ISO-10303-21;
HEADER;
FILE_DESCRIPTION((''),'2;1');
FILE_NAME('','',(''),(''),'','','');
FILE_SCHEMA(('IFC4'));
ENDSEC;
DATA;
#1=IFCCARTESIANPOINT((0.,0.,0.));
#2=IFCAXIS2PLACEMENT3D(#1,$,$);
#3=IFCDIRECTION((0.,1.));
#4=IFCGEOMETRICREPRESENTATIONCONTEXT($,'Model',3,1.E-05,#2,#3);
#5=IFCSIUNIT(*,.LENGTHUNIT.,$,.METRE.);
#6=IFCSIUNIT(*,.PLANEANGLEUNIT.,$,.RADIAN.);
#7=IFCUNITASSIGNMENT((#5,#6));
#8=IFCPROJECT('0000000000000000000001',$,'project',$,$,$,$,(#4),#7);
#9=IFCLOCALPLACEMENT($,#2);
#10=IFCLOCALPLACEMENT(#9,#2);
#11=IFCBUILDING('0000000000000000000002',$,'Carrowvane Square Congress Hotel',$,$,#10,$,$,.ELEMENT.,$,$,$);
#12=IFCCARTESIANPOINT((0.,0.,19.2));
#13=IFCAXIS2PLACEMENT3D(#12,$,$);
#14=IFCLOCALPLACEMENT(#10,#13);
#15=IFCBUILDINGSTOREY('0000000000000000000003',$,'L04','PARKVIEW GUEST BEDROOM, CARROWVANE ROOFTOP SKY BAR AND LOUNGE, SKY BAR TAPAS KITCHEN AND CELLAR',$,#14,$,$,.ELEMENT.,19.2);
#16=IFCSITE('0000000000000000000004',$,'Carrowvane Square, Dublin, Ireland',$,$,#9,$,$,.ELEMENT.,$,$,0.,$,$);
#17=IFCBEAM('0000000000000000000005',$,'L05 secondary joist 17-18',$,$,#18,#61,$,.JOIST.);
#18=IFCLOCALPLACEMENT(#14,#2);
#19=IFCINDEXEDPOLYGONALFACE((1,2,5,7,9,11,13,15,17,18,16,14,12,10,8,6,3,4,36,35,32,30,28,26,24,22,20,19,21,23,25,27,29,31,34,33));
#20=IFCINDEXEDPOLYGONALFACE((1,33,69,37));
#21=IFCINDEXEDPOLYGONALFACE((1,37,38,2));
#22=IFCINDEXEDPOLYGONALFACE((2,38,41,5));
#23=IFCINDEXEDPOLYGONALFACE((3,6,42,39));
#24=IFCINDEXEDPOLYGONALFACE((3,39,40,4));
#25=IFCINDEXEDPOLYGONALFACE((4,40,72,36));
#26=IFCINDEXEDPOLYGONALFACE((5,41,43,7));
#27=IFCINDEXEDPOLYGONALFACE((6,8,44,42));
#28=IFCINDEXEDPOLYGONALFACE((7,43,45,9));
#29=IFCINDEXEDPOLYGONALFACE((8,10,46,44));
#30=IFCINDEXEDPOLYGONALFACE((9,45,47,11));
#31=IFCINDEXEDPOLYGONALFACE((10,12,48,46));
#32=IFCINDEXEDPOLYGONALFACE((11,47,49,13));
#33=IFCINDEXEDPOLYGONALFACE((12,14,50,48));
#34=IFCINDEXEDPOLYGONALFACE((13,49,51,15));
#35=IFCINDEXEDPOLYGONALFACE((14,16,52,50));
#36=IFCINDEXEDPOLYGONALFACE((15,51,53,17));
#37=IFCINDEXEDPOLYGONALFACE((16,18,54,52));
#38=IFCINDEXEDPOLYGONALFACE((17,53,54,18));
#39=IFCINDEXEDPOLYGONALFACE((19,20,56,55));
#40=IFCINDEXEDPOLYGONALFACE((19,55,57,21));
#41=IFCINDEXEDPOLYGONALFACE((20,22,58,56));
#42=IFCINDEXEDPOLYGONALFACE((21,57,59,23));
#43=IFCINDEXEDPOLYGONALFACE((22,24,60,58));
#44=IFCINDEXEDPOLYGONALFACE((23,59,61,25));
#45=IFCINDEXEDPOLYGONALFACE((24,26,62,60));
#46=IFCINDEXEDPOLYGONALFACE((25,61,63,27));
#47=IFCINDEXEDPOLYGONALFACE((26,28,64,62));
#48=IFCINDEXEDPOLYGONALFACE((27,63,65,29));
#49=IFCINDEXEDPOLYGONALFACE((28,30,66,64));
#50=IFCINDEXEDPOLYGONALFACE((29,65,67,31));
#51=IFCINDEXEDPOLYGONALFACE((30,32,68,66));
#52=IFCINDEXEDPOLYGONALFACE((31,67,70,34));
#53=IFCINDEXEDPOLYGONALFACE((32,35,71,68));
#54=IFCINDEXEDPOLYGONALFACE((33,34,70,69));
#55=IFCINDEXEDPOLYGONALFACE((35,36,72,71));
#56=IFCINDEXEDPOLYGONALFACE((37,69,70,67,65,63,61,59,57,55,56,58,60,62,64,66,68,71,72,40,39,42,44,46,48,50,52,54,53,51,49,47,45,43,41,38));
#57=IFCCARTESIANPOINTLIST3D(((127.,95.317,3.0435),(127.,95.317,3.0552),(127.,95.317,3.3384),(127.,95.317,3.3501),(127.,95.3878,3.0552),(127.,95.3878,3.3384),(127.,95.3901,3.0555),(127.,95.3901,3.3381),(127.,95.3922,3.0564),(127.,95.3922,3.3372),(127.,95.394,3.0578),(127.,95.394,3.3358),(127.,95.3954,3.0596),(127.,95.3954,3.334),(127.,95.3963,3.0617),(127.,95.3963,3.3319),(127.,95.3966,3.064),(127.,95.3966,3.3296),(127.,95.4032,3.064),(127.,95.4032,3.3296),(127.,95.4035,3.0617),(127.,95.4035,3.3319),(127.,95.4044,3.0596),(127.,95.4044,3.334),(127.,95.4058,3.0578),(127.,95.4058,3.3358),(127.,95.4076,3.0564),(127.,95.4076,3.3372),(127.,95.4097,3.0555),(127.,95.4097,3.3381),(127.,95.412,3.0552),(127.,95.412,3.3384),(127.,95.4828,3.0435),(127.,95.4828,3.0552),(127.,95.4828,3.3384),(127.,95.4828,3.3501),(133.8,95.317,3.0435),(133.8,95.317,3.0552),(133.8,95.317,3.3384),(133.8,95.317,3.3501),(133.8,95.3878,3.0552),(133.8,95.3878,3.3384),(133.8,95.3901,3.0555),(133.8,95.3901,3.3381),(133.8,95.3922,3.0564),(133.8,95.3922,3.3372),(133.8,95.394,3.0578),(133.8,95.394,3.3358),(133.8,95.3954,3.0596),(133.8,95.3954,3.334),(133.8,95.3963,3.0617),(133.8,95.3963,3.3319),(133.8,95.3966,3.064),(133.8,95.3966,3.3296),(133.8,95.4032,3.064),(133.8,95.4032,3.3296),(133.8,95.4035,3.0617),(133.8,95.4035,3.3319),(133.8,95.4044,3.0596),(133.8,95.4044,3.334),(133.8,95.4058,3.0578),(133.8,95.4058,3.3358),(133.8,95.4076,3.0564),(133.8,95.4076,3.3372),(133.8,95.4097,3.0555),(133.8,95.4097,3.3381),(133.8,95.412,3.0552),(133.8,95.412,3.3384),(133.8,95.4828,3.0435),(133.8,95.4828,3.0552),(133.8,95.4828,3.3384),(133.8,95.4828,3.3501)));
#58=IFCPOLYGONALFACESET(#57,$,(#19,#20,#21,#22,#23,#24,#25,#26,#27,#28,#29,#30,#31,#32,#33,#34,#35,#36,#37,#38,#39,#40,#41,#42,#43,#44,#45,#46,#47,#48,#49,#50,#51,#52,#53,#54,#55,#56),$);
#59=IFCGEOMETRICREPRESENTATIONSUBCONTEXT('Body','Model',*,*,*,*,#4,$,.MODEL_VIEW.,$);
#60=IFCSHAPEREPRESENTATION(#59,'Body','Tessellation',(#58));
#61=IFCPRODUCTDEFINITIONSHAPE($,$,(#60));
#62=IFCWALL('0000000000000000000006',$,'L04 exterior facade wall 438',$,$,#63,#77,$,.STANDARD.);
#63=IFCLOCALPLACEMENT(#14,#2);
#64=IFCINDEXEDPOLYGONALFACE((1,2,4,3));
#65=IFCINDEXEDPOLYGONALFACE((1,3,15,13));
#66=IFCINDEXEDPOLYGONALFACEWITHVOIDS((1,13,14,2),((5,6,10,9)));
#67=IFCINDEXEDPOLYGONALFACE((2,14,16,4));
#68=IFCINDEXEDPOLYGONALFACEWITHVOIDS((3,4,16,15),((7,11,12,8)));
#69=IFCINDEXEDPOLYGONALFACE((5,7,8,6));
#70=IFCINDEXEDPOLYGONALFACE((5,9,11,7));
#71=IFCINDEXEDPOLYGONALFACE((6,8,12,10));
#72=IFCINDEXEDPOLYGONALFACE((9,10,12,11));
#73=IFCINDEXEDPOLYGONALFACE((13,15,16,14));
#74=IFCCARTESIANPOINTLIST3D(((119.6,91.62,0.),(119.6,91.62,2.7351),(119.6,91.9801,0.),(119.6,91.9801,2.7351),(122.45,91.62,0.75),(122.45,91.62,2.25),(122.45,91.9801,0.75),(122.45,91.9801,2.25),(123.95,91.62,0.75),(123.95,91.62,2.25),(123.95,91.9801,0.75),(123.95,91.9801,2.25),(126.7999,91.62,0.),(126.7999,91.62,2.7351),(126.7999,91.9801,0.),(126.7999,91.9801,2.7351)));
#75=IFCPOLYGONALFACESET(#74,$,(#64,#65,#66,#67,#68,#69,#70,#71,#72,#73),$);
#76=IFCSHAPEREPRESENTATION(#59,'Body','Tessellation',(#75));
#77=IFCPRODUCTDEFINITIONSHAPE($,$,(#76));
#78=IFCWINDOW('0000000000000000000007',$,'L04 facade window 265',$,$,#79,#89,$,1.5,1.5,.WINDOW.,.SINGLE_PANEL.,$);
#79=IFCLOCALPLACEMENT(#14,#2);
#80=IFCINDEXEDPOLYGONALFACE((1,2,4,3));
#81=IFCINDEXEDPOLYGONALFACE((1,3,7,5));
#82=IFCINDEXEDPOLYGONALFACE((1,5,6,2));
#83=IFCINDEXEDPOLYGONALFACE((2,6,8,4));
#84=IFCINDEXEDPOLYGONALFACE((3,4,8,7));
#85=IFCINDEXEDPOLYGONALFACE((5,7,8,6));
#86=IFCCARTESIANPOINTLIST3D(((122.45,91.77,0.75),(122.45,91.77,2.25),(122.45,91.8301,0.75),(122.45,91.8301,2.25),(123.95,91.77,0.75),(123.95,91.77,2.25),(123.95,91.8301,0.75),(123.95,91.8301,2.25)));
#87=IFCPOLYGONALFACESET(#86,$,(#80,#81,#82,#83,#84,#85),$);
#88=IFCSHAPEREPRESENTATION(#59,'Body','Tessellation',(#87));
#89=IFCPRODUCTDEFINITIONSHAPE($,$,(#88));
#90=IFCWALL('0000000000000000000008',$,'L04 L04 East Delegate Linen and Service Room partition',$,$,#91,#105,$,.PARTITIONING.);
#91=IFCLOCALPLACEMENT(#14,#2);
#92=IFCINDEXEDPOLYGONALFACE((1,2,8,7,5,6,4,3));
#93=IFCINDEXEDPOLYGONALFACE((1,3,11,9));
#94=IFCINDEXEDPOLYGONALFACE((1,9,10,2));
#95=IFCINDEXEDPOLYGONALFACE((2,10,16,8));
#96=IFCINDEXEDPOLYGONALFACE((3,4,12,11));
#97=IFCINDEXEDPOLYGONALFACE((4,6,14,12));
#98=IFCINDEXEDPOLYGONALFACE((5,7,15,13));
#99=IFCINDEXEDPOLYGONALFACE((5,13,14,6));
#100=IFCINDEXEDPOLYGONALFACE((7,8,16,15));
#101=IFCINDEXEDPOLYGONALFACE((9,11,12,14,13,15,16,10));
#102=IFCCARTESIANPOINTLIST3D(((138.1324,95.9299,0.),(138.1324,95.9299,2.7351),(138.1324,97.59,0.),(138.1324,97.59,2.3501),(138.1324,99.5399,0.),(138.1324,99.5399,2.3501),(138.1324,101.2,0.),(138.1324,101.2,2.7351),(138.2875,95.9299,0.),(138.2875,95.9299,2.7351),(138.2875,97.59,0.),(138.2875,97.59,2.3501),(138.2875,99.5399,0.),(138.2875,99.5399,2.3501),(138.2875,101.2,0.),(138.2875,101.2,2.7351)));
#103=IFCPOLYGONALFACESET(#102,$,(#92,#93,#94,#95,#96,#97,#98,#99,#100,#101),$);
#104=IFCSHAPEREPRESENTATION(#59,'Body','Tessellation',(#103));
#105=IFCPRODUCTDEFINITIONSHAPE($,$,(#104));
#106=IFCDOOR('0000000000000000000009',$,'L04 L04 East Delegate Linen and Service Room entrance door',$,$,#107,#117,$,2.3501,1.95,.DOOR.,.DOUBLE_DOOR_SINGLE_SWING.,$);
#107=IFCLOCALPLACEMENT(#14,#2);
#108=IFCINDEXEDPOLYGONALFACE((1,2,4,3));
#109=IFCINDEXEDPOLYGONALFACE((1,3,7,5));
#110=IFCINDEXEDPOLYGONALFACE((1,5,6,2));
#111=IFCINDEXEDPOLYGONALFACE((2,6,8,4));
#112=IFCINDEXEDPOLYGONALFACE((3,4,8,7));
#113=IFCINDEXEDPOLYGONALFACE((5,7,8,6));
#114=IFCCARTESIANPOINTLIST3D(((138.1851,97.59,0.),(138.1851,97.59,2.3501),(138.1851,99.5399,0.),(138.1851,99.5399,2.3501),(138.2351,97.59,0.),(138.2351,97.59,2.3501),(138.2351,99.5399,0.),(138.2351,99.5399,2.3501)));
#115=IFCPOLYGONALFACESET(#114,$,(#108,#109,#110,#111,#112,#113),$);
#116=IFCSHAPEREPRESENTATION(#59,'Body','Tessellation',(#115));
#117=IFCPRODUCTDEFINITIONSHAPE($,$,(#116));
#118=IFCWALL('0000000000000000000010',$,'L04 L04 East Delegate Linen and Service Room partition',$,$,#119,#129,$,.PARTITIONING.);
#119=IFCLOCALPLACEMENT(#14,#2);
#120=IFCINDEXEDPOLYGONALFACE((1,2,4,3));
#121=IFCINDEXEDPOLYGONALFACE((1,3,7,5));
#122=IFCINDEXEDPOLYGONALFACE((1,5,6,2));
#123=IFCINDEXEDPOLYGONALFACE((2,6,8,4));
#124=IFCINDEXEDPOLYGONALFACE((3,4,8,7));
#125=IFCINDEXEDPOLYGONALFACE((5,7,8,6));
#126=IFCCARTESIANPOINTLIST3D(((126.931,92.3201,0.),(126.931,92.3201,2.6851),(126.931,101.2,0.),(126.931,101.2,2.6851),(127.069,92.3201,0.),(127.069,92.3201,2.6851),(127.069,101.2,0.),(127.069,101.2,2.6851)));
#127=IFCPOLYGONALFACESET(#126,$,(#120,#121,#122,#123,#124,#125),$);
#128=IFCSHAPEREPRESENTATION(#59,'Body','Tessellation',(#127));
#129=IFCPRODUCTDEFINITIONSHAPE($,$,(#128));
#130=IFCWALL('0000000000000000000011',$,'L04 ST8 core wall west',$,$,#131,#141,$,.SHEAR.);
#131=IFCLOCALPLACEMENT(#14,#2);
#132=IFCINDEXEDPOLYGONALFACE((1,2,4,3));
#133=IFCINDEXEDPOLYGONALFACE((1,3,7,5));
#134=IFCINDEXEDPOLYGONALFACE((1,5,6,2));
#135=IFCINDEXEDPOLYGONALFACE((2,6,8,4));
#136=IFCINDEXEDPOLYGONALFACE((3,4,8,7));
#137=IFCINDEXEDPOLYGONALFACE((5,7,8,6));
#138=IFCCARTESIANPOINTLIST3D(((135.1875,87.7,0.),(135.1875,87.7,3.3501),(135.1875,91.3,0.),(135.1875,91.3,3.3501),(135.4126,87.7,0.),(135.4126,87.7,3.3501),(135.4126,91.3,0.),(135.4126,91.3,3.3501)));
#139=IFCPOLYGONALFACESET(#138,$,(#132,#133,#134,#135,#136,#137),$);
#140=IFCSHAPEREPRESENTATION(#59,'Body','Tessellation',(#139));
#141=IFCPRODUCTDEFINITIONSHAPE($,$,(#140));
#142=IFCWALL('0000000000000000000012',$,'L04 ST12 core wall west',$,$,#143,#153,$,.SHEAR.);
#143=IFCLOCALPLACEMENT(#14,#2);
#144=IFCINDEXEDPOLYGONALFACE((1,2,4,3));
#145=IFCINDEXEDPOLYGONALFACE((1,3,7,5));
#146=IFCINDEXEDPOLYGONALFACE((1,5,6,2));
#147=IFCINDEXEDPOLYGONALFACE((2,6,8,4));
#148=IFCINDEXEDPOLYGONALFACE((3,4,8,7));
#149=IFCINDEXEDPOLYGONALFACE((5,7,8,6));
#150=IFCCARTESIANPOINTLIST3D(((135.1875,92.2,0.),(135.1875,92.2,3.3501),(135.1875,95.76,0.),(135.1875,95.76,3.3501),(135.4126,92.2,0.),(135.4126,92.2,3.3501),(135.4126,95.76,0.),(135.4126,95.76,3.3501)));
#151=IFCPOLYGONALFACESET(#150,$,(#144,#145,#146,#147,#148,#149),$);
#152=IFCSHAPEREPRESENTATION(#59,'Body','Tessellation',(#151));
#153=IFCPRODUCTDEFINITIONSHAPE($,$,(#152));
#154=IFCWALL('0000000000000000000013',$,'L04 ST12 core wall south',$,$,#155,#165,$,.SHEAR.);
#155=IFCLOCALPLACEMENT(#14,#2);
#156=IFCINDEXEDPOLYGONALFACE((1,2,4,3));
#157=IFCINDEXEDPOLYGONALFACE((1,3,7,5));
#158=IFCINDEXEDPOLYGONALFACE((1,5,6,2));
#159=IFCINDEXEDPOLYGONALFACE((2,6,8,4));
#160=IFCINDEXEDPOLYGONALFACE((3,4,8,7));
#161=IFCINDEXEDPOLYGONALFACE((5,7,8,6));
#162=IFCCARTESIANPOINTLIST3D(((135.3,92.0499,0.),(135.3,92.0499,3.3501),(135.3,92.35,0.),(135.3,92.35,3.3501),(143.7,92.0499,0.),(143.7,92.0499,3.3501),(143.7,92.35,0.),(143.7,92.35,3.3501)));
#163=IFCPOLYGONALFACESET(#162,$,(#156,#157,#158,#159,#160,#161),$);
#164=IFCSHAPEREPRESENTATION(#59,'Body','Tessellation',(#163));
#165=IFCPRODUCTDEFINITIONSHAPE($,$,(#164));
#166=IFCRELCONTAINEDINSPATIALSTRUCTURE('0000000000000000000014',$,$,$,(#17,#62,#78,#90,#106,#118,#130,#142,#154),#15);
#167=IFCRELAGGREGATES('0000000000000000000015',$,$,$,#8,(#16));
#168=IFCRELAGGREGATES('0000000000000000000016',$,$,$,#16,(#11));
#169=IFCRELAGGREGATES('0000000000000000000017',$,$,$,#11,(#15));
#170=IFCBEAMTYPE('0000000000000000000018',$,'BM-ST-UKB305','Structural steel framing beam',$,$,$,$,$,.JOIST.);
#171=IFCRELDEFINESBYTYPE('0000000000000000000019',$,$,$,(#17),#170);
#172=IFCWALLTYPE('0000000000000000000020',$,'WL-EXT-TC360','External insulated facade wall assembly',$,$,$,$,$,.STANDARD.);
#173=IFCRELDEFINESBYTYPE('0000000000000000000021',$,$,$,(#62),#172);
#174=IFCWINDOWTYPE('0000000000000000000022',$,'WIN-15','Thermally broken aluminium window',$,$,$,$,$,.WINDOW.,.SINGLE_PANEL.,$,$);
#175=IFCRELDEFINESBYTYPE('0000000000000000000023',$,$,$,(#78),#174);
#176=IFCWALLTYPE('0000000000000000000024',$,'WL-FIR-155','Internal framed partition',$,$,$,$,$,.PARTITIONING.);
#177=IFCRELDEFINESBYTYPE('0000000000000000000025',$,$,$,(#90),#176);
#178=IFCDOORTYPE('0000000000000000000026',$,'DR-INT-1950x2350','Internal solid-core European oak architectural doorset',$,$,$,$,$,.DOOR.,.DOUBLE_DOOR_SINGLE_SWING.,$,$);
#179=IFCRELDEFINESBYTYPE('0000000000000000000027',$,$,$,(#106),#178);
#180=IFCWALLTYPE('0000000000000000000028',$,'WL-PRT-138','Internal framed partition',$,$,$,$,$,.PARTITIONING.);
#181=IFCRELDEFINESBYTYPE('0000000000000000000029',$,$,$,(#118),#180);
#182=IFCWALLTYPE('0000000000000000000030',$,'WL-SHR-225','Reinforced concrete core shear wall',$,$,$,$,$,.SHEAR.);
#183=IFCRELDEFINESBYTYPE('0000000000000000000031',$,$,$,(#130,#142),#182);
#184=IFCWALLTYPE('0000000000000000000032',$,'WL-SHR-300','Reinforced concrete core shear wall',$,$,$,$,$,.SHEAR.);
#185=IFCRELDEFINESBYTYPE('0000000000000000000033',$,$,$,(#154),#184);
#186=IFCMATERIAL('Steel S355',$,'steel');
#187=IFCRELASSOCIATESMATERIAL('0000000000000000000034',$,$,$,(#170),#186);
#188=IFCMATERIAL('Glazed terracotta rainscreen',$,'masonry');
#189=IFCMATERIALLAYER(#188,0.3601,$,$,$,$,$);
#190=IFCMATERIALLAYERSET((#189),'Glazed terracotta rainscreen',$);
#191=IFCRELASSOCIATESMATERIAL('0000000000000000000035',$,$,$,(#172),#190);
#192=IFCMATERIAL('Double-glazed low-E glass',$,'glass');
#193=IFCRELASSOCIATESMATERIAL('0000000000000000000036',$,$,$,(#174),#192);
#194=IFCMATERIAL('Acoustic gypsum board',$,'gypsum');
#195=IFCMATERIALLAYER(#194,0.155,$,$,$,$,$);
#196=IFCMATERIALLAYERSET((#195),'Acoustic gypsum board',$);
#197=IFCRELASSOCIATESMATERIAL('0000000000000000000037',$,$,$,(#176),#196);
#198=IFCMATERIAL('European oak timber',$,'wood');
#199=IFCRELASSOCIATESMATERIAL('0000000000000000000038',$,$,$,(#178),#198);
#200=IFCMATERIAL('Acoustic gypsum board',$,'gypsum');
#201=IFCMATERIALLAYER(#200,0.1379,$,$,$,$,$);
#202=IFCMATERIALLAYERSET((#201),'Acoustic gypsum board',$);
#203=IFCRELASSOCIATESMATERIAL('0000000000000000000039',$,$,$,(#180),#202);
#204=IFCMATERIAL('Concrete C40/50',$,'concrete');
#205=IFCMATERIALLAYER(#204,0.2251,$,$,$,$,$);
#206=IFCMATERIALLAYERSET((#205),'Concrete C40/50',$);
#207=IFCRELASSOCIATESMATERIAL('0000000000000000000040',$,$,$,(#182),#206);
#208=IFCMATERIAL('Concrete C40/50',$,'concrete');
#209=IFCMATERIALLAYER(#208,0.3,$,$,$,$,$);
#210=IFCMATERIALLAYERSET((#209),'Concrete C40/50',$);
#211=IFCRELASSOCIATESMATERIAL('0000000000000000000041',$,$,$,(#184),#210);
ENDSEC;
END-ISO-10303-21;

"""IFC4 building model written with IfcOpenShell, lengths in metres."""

from ifc_helpers import new_model, si_unit, direction, frame, frame_2d, origin, origin_2d, place, context, subcontext, project, spatial, rectangle, i_section, extrude, material, layer, layer_set, material_profile, profile_set, type_object, element, fill, save


model = new_model("IFC4")

# Units and contexts
model_context = context("Model", 3, precision=1e-05, world=origin(), true_north=direction((0.0, 1.0)))
body_context = subcontext(model_context, "Body", "Model", "MODEL_VIEW")
ifc_project = project(units=[si_unit("LENGTHUNIT", "METRE"), si_unit("PLANEANGLEUNIT", "RADIAN")], contexts=[model_context])

# Site, building, storey
site_placement = place(None, origin())
site = spatial("IfcSite", under=ifc_project, at=site_placement, Name="Carrowvane Square, Dublin, Ireland", CompositionType="ELEMENT", RefElevation=0.0)
building_placement = place(site_placement, origin())
building = spatial("IfcBuilding", under=site, at=building_placement, Name="Carrowvane Square Congress Hotel", CompositionType="ELEMENT")
storey_placement = place(building_placement, frame((0.0, 0.0, 19.2)))
storey = spatial("IfcBuildingStorey", under=building, at=storey_placement, Name="L04", Description="PARKVIEW GUEST BEDROOM, CARROWVANE ROOFTOP SKY BAR AND LOUNGE, SKY BAR TAPAS KITCHEN AND CELLAR", CompositionType="ELEMENT", Elevation=19.2)

# Beam
ifc_material_1 = material(Name="Steel S355", Category="steel")
ifc_material_profile_1 = material_profile(ifc_material_1, i_section(OverallWidth=0.1658, OverallDepth=0.3066, WebThickness=0.0066, FlangeThickness=0.0117, FilletRadius=0.0088, at=origin_2d()), Name="UKB 305x165x46")
ifc_profile_set_1 = profile_set([ifc_material_profile_1], Name="Steel S355")
beam_type_1 = type_object("IfcBeamType", Name="BM-ST-UKB305", Description="Structural steel framing beam", PredefinedType="JOIST", material=ifc_profile_set_1)
beam_1_placement = place(storey_placement, frame((127.0, 95.3999, 3.1968), z_axis=(1.0, 0.0, 0.0), x_axis=(0.0, 1.0, 0.0)))
element("IfcBeam", 1, at=beam_1_placement, inside=storey, type_object=beam_type_1, Name="L05 secondary joist 17-18", PredefinedType="JOIST", context=body_context, shape_type="SweptSolid", body=[
    extrude(i_section(OverallWidth=0.1658, OverallDepth=0.3066, WebThickness=0.0066, FlangeThickness=0.0117, FilletRadius=0.0088, at=origin_2d()), origin(), (0.0, 0.0, 1.0), 6.8),
])

# Wall, opening, window
ifc_material_2 = material(Name="Glazed terracotta rainscreen", Category="masonry")
ifc_layer_1 = layer(ifc_material_2, 0.3601)
ifc_layer_set_1 = layer_set([ifc_layer_1], Name="Glazed terracotta rainscreen")
wall_type_1 = type_object("IfcWallType", Name="WL-EXT-TC360", Description="External insulated facade wall assembly", PredefinedType="STANDARD", material=ifc_layer_set_1)
wall_1_placement = place(storey_placement, frame((126.8, 91.8, 0.0), z_axis=(0.0, 0.0, 1.0), x_axis=(-1.0, 0.0, 0.0)))
wall_1 = element("IfcWall", 2, at=wall_1_placement, inside=storey, type_object=wall_type_1, Name="L04 exterior facade wall 438", PredefinedType="STANDARD", context=body_context, shape_type="SweptSolid", body=[
    extrude(rectangle(XDim=7.2, YDim=0.3601, at=frame_2d((3.6001, 0.0))), origin(), (0.0, 0.0, 1.0), 2.7351),
])
opening_1_placement = place(wall_1_placement, frame((2.8501, 0.0, 0.75)))
opening_1 = element("IfcOpeningElement", 3, at=opening_1_placement, cuts=wall_1, PredefinedType="OPENING", context=body_context, shape_type="SweptSolid", body=[
    extrude(rectangle(XDim=1.5, YDim=1.5, at=frame_2d((0.75, 0.75))), frame((0.0, 0.1899, 0.0), z_axis=(0.0, -1.0, 0.0), x_axis=(1.0, 0.0, 0.0)), (0.0, 0.0, 1.0), 0.3801),
])
ifc_material_3 = material(Name="Double-glazed low-E glass", Category="glass")
window_type = type_object("IfcWindowType", Name="WIN-15", Description="Thermally broken aluminium window", PartitioningType="SINGLE_PANEL", PredefinedType="WINDOW", material=ifc_material_3)
window_placement = place(opening_1_placement, origin())
window = element("IfcWindow", 4, at=window_placement, inside=storey, type_object=window_type, Name="L04 facade window 265", OverallHeight=1.5, OverallWidth=1.5, PartitioningType="SINGLE_PANEL", PredefinedType="WINDOW", context=body_context, shape_type="SweptSolid", body=[
    extrude(rectangle(XDim=1.5, YDim=1.5, at=frame_2d((0.75, 0.75))), frame((0.0, 0.03, 0.0), z_axis=(0.0, -1.0, 0.0), x_axis=(1.0, 0.0, 0.0)), (0.0, 0.0, 1.0), 0.0601),
])
fill(opening_1, window)

# Wall, opening, door
ifc_material_4 = material(Name="Acoustic gypsum board", Category="gypsum")
ifc_layer_2 = layer(ifc_material_4, 0.155)
ifc_layer_set_2 = layer_set([ifc_layer_2], Name="Acoustic gypsum board")
wall_type_2 = type_object("IfcWallType", Name="WL-FIR-155", Description="Internal framed partition", PredefinedType="PARTITIONING", material=ifc_layer_set_2)
wall_2_placement = place(storey_placement, frame((138.21, 95.9299, 0.0), z_axis=(0.0, 0.0, 1.0), x_axis=(0.0, 1.0, 0.0)))
wall_2 = element("IfcWall", 5, at=wall_2_placement, inside=storey, type_object=wall_type_2, Name="L04 L04 East Delegate Linen and Service Room partition", PredefinedType="PARTITIONING", context=body_context, shape_type="SweptSolid", body=[
    extrude(rectangle(XDim=5.27, YDim=0.155, at=frame_2d((2.635, 0.0))), origin(), (0.0, 0.0, 1.0), 2.7351),
])
opening_2_placement = place(wall_2_placement, frame((1.6599, 0.0, 0.0)))
opening_2 = element("IfcOpeningElement", 6, at=opening_2_placement, cuts=wall_2, PredefinedType="OPENING", context=body_context, shape_type="SweptSolid", body=[
    extrude(rectangle(XDim=1.95, YDim=2.3501, at=frame_2d((0.9751, 1.175))), frame((0.0, 0.0874, 0.0), z_axis=(0.0, -1.0, 0.0), x_axis=(1.0, 0.0, 0.0)), (0.0, 0.0, 1.0), 0.175),
])
ifc_material_5 = material(Name="European oak timber", Category="wood")
door_type = type_object("IfcDoorType", Name="DR-INT-1950x2350", Description="Internal solid-core European oak architectural doorset", OperationType="DOUBLE_DOOR_SINGLE_SWING", PredefinedType="DOOR", material=ifc_material_5)
door_placement = place(opening_2_placement, origin())
door = element("IfcDoor", 7, at=door_placement, inside=storey, type_object=door_type, Name="L04 L04 East Delegate Linen and Service Room entrance door", OperationType="DOUBLE_DOOR_SINGLE_SWING", OverallHeight=2.3501, OverallWidth=1.95, PredefinedType="DOOR", context=body_context, shape_type="SweptSolid", body=[
    extrude(rectangle(XDim=1.95, YDim=2.3501, at=frame_2d((0.9751, 1.175))), frame((0.0, 0.0249, 0.0), z_axis=(0.0, -1.0, 0.0), x_axis=(1.0, 0.0, 0.0)), (0.0, 0.0, 1.0), 0.05),
])
fill(opening_2, door)

# Walls
ifc_material_6 = material(Name="Acoustic gypsum board", Category="gypsum")
ifc_layer_3 = layer(ifc_material_6, 0.1379)
ifc_layer_set_3 = layer_set([ifc_layer_3], Name="Acoustic gypsum board")
wall_type_3 = type_object("IfcWallType", Name="WL-PRT-138", Description="Internal framed partition", PredefinedType="PARTITIONING", material=ifc_layer_set_3)
wall_3_placement = place(storey_placement, frame((127.0, 92.3201, 0.0), z_axis=(0.0, 0.0, 1.0), x_axis=(0.0, 1.0, 0.0)))
element("IfcWall", 8, at=wall_3_placement, inside=storey, type_object=wall_type_3, Name="L04 L04 East Delegate Linen and Service Room partition", PredefinedType="PARTITIONING", context=body_context, shape_type="SweptSolid", body=[
    extrude(rectangle(XDim=8.8799, YDim=0.1379, at=frame_2d((4.4399, 0.0))), origin(), (0.0, 0.0, 1.0), 2.6851),
])
ifc_material_7 = material(Name="Concrete C40/50", Category="concrete")
ifc_layer_4 = layer(ifc_material_7, 0.2251)
ifc_layer_set_4 = layer_set([ifc_layer_4], Name="Concrete C40/50")
wall_type_4 = type_object("IfcWallType", Name="WL-SHR-225", Description="Reinforced concrete core shear wall", PredefinedType="SHEAR", material=ifc_layer_set_4)
wall_4_placement = place(storey_placement, frame((135.3, 91.3, 0.0), z_axis=(0.0, 0.0, 1.0), x_axis=(0.0, -1.0, 0.0)))
element("IfcWall", 9, at=wall_4_placement, inside=storey, type_object=wall_type_4, Name="L04 ST8 core wall west", PredefinedType="SHEAR", context=body_context, shape_type="SweptSolid", body=[
    extrude(rectangle(XDim=3.6001, YDim=0.2251, at=frame_2d((1.8, 0.0))), origin(), (0.0, 0.0, 1.0), 3.3501),
])
wall_5_placement = place(storey_placement, frame((135.3, 95.76, 0.0), z_axis=(0.0, 0.0, 1.0), x_axis=(0.0, -1.0, 0.0)))
element("IfcWall", 10, at=wall_5_placement, inside=storey, type_object=wall_type_4, Name="L04 ST12 core wall west", PredefinedType="SHEAR", context=body_context, shape_type="SweptSolid", body=[
    extrude(rectangle(XDim=3.5601, YDim=0.2251, at=frame_2d((1.78, 0.0))), origin(), (0.0, 0.0, 1.0), 3.3501),
])
ifc_material_8 = material(Name="Concrete C40/50", Category="concrete")
ifc_layer_5 = layer(ifc_material_8, 0.3)
ifc_layer_set_5 = layer_set([ifc_layer_5], Name="Concrete C40/50")
wall_type_5 = type_object("IfcWallType", Name="WL-SHR-300", Description="Reinforced concrete core shear wall", PredefinedType="SHEAR", material=ifc_layer_set_5)
wall_6_placement = place(storey_placement, frame((135.3, 92.2, 0.0), z_axis=(0.0, 0.0, 1.0), x_axis=(1.0, 0.0, 0.0)))
element("IfcWall", 11, at=wall_6_placement, inside=storey, type_object=wall_type_5, Name="L04 ST12 core wall south", PredefinedType="SHEAR", context=body_context, shape_type="SweptSolid", body=[
    extrude(rectangle(XDim=8.3999, YDim=0.3, at=frame_2d((4.2, 0.0))), origin(), (0.0, 0.0, 1.0), 3.3501),
])

save(model, "model.ifc")
